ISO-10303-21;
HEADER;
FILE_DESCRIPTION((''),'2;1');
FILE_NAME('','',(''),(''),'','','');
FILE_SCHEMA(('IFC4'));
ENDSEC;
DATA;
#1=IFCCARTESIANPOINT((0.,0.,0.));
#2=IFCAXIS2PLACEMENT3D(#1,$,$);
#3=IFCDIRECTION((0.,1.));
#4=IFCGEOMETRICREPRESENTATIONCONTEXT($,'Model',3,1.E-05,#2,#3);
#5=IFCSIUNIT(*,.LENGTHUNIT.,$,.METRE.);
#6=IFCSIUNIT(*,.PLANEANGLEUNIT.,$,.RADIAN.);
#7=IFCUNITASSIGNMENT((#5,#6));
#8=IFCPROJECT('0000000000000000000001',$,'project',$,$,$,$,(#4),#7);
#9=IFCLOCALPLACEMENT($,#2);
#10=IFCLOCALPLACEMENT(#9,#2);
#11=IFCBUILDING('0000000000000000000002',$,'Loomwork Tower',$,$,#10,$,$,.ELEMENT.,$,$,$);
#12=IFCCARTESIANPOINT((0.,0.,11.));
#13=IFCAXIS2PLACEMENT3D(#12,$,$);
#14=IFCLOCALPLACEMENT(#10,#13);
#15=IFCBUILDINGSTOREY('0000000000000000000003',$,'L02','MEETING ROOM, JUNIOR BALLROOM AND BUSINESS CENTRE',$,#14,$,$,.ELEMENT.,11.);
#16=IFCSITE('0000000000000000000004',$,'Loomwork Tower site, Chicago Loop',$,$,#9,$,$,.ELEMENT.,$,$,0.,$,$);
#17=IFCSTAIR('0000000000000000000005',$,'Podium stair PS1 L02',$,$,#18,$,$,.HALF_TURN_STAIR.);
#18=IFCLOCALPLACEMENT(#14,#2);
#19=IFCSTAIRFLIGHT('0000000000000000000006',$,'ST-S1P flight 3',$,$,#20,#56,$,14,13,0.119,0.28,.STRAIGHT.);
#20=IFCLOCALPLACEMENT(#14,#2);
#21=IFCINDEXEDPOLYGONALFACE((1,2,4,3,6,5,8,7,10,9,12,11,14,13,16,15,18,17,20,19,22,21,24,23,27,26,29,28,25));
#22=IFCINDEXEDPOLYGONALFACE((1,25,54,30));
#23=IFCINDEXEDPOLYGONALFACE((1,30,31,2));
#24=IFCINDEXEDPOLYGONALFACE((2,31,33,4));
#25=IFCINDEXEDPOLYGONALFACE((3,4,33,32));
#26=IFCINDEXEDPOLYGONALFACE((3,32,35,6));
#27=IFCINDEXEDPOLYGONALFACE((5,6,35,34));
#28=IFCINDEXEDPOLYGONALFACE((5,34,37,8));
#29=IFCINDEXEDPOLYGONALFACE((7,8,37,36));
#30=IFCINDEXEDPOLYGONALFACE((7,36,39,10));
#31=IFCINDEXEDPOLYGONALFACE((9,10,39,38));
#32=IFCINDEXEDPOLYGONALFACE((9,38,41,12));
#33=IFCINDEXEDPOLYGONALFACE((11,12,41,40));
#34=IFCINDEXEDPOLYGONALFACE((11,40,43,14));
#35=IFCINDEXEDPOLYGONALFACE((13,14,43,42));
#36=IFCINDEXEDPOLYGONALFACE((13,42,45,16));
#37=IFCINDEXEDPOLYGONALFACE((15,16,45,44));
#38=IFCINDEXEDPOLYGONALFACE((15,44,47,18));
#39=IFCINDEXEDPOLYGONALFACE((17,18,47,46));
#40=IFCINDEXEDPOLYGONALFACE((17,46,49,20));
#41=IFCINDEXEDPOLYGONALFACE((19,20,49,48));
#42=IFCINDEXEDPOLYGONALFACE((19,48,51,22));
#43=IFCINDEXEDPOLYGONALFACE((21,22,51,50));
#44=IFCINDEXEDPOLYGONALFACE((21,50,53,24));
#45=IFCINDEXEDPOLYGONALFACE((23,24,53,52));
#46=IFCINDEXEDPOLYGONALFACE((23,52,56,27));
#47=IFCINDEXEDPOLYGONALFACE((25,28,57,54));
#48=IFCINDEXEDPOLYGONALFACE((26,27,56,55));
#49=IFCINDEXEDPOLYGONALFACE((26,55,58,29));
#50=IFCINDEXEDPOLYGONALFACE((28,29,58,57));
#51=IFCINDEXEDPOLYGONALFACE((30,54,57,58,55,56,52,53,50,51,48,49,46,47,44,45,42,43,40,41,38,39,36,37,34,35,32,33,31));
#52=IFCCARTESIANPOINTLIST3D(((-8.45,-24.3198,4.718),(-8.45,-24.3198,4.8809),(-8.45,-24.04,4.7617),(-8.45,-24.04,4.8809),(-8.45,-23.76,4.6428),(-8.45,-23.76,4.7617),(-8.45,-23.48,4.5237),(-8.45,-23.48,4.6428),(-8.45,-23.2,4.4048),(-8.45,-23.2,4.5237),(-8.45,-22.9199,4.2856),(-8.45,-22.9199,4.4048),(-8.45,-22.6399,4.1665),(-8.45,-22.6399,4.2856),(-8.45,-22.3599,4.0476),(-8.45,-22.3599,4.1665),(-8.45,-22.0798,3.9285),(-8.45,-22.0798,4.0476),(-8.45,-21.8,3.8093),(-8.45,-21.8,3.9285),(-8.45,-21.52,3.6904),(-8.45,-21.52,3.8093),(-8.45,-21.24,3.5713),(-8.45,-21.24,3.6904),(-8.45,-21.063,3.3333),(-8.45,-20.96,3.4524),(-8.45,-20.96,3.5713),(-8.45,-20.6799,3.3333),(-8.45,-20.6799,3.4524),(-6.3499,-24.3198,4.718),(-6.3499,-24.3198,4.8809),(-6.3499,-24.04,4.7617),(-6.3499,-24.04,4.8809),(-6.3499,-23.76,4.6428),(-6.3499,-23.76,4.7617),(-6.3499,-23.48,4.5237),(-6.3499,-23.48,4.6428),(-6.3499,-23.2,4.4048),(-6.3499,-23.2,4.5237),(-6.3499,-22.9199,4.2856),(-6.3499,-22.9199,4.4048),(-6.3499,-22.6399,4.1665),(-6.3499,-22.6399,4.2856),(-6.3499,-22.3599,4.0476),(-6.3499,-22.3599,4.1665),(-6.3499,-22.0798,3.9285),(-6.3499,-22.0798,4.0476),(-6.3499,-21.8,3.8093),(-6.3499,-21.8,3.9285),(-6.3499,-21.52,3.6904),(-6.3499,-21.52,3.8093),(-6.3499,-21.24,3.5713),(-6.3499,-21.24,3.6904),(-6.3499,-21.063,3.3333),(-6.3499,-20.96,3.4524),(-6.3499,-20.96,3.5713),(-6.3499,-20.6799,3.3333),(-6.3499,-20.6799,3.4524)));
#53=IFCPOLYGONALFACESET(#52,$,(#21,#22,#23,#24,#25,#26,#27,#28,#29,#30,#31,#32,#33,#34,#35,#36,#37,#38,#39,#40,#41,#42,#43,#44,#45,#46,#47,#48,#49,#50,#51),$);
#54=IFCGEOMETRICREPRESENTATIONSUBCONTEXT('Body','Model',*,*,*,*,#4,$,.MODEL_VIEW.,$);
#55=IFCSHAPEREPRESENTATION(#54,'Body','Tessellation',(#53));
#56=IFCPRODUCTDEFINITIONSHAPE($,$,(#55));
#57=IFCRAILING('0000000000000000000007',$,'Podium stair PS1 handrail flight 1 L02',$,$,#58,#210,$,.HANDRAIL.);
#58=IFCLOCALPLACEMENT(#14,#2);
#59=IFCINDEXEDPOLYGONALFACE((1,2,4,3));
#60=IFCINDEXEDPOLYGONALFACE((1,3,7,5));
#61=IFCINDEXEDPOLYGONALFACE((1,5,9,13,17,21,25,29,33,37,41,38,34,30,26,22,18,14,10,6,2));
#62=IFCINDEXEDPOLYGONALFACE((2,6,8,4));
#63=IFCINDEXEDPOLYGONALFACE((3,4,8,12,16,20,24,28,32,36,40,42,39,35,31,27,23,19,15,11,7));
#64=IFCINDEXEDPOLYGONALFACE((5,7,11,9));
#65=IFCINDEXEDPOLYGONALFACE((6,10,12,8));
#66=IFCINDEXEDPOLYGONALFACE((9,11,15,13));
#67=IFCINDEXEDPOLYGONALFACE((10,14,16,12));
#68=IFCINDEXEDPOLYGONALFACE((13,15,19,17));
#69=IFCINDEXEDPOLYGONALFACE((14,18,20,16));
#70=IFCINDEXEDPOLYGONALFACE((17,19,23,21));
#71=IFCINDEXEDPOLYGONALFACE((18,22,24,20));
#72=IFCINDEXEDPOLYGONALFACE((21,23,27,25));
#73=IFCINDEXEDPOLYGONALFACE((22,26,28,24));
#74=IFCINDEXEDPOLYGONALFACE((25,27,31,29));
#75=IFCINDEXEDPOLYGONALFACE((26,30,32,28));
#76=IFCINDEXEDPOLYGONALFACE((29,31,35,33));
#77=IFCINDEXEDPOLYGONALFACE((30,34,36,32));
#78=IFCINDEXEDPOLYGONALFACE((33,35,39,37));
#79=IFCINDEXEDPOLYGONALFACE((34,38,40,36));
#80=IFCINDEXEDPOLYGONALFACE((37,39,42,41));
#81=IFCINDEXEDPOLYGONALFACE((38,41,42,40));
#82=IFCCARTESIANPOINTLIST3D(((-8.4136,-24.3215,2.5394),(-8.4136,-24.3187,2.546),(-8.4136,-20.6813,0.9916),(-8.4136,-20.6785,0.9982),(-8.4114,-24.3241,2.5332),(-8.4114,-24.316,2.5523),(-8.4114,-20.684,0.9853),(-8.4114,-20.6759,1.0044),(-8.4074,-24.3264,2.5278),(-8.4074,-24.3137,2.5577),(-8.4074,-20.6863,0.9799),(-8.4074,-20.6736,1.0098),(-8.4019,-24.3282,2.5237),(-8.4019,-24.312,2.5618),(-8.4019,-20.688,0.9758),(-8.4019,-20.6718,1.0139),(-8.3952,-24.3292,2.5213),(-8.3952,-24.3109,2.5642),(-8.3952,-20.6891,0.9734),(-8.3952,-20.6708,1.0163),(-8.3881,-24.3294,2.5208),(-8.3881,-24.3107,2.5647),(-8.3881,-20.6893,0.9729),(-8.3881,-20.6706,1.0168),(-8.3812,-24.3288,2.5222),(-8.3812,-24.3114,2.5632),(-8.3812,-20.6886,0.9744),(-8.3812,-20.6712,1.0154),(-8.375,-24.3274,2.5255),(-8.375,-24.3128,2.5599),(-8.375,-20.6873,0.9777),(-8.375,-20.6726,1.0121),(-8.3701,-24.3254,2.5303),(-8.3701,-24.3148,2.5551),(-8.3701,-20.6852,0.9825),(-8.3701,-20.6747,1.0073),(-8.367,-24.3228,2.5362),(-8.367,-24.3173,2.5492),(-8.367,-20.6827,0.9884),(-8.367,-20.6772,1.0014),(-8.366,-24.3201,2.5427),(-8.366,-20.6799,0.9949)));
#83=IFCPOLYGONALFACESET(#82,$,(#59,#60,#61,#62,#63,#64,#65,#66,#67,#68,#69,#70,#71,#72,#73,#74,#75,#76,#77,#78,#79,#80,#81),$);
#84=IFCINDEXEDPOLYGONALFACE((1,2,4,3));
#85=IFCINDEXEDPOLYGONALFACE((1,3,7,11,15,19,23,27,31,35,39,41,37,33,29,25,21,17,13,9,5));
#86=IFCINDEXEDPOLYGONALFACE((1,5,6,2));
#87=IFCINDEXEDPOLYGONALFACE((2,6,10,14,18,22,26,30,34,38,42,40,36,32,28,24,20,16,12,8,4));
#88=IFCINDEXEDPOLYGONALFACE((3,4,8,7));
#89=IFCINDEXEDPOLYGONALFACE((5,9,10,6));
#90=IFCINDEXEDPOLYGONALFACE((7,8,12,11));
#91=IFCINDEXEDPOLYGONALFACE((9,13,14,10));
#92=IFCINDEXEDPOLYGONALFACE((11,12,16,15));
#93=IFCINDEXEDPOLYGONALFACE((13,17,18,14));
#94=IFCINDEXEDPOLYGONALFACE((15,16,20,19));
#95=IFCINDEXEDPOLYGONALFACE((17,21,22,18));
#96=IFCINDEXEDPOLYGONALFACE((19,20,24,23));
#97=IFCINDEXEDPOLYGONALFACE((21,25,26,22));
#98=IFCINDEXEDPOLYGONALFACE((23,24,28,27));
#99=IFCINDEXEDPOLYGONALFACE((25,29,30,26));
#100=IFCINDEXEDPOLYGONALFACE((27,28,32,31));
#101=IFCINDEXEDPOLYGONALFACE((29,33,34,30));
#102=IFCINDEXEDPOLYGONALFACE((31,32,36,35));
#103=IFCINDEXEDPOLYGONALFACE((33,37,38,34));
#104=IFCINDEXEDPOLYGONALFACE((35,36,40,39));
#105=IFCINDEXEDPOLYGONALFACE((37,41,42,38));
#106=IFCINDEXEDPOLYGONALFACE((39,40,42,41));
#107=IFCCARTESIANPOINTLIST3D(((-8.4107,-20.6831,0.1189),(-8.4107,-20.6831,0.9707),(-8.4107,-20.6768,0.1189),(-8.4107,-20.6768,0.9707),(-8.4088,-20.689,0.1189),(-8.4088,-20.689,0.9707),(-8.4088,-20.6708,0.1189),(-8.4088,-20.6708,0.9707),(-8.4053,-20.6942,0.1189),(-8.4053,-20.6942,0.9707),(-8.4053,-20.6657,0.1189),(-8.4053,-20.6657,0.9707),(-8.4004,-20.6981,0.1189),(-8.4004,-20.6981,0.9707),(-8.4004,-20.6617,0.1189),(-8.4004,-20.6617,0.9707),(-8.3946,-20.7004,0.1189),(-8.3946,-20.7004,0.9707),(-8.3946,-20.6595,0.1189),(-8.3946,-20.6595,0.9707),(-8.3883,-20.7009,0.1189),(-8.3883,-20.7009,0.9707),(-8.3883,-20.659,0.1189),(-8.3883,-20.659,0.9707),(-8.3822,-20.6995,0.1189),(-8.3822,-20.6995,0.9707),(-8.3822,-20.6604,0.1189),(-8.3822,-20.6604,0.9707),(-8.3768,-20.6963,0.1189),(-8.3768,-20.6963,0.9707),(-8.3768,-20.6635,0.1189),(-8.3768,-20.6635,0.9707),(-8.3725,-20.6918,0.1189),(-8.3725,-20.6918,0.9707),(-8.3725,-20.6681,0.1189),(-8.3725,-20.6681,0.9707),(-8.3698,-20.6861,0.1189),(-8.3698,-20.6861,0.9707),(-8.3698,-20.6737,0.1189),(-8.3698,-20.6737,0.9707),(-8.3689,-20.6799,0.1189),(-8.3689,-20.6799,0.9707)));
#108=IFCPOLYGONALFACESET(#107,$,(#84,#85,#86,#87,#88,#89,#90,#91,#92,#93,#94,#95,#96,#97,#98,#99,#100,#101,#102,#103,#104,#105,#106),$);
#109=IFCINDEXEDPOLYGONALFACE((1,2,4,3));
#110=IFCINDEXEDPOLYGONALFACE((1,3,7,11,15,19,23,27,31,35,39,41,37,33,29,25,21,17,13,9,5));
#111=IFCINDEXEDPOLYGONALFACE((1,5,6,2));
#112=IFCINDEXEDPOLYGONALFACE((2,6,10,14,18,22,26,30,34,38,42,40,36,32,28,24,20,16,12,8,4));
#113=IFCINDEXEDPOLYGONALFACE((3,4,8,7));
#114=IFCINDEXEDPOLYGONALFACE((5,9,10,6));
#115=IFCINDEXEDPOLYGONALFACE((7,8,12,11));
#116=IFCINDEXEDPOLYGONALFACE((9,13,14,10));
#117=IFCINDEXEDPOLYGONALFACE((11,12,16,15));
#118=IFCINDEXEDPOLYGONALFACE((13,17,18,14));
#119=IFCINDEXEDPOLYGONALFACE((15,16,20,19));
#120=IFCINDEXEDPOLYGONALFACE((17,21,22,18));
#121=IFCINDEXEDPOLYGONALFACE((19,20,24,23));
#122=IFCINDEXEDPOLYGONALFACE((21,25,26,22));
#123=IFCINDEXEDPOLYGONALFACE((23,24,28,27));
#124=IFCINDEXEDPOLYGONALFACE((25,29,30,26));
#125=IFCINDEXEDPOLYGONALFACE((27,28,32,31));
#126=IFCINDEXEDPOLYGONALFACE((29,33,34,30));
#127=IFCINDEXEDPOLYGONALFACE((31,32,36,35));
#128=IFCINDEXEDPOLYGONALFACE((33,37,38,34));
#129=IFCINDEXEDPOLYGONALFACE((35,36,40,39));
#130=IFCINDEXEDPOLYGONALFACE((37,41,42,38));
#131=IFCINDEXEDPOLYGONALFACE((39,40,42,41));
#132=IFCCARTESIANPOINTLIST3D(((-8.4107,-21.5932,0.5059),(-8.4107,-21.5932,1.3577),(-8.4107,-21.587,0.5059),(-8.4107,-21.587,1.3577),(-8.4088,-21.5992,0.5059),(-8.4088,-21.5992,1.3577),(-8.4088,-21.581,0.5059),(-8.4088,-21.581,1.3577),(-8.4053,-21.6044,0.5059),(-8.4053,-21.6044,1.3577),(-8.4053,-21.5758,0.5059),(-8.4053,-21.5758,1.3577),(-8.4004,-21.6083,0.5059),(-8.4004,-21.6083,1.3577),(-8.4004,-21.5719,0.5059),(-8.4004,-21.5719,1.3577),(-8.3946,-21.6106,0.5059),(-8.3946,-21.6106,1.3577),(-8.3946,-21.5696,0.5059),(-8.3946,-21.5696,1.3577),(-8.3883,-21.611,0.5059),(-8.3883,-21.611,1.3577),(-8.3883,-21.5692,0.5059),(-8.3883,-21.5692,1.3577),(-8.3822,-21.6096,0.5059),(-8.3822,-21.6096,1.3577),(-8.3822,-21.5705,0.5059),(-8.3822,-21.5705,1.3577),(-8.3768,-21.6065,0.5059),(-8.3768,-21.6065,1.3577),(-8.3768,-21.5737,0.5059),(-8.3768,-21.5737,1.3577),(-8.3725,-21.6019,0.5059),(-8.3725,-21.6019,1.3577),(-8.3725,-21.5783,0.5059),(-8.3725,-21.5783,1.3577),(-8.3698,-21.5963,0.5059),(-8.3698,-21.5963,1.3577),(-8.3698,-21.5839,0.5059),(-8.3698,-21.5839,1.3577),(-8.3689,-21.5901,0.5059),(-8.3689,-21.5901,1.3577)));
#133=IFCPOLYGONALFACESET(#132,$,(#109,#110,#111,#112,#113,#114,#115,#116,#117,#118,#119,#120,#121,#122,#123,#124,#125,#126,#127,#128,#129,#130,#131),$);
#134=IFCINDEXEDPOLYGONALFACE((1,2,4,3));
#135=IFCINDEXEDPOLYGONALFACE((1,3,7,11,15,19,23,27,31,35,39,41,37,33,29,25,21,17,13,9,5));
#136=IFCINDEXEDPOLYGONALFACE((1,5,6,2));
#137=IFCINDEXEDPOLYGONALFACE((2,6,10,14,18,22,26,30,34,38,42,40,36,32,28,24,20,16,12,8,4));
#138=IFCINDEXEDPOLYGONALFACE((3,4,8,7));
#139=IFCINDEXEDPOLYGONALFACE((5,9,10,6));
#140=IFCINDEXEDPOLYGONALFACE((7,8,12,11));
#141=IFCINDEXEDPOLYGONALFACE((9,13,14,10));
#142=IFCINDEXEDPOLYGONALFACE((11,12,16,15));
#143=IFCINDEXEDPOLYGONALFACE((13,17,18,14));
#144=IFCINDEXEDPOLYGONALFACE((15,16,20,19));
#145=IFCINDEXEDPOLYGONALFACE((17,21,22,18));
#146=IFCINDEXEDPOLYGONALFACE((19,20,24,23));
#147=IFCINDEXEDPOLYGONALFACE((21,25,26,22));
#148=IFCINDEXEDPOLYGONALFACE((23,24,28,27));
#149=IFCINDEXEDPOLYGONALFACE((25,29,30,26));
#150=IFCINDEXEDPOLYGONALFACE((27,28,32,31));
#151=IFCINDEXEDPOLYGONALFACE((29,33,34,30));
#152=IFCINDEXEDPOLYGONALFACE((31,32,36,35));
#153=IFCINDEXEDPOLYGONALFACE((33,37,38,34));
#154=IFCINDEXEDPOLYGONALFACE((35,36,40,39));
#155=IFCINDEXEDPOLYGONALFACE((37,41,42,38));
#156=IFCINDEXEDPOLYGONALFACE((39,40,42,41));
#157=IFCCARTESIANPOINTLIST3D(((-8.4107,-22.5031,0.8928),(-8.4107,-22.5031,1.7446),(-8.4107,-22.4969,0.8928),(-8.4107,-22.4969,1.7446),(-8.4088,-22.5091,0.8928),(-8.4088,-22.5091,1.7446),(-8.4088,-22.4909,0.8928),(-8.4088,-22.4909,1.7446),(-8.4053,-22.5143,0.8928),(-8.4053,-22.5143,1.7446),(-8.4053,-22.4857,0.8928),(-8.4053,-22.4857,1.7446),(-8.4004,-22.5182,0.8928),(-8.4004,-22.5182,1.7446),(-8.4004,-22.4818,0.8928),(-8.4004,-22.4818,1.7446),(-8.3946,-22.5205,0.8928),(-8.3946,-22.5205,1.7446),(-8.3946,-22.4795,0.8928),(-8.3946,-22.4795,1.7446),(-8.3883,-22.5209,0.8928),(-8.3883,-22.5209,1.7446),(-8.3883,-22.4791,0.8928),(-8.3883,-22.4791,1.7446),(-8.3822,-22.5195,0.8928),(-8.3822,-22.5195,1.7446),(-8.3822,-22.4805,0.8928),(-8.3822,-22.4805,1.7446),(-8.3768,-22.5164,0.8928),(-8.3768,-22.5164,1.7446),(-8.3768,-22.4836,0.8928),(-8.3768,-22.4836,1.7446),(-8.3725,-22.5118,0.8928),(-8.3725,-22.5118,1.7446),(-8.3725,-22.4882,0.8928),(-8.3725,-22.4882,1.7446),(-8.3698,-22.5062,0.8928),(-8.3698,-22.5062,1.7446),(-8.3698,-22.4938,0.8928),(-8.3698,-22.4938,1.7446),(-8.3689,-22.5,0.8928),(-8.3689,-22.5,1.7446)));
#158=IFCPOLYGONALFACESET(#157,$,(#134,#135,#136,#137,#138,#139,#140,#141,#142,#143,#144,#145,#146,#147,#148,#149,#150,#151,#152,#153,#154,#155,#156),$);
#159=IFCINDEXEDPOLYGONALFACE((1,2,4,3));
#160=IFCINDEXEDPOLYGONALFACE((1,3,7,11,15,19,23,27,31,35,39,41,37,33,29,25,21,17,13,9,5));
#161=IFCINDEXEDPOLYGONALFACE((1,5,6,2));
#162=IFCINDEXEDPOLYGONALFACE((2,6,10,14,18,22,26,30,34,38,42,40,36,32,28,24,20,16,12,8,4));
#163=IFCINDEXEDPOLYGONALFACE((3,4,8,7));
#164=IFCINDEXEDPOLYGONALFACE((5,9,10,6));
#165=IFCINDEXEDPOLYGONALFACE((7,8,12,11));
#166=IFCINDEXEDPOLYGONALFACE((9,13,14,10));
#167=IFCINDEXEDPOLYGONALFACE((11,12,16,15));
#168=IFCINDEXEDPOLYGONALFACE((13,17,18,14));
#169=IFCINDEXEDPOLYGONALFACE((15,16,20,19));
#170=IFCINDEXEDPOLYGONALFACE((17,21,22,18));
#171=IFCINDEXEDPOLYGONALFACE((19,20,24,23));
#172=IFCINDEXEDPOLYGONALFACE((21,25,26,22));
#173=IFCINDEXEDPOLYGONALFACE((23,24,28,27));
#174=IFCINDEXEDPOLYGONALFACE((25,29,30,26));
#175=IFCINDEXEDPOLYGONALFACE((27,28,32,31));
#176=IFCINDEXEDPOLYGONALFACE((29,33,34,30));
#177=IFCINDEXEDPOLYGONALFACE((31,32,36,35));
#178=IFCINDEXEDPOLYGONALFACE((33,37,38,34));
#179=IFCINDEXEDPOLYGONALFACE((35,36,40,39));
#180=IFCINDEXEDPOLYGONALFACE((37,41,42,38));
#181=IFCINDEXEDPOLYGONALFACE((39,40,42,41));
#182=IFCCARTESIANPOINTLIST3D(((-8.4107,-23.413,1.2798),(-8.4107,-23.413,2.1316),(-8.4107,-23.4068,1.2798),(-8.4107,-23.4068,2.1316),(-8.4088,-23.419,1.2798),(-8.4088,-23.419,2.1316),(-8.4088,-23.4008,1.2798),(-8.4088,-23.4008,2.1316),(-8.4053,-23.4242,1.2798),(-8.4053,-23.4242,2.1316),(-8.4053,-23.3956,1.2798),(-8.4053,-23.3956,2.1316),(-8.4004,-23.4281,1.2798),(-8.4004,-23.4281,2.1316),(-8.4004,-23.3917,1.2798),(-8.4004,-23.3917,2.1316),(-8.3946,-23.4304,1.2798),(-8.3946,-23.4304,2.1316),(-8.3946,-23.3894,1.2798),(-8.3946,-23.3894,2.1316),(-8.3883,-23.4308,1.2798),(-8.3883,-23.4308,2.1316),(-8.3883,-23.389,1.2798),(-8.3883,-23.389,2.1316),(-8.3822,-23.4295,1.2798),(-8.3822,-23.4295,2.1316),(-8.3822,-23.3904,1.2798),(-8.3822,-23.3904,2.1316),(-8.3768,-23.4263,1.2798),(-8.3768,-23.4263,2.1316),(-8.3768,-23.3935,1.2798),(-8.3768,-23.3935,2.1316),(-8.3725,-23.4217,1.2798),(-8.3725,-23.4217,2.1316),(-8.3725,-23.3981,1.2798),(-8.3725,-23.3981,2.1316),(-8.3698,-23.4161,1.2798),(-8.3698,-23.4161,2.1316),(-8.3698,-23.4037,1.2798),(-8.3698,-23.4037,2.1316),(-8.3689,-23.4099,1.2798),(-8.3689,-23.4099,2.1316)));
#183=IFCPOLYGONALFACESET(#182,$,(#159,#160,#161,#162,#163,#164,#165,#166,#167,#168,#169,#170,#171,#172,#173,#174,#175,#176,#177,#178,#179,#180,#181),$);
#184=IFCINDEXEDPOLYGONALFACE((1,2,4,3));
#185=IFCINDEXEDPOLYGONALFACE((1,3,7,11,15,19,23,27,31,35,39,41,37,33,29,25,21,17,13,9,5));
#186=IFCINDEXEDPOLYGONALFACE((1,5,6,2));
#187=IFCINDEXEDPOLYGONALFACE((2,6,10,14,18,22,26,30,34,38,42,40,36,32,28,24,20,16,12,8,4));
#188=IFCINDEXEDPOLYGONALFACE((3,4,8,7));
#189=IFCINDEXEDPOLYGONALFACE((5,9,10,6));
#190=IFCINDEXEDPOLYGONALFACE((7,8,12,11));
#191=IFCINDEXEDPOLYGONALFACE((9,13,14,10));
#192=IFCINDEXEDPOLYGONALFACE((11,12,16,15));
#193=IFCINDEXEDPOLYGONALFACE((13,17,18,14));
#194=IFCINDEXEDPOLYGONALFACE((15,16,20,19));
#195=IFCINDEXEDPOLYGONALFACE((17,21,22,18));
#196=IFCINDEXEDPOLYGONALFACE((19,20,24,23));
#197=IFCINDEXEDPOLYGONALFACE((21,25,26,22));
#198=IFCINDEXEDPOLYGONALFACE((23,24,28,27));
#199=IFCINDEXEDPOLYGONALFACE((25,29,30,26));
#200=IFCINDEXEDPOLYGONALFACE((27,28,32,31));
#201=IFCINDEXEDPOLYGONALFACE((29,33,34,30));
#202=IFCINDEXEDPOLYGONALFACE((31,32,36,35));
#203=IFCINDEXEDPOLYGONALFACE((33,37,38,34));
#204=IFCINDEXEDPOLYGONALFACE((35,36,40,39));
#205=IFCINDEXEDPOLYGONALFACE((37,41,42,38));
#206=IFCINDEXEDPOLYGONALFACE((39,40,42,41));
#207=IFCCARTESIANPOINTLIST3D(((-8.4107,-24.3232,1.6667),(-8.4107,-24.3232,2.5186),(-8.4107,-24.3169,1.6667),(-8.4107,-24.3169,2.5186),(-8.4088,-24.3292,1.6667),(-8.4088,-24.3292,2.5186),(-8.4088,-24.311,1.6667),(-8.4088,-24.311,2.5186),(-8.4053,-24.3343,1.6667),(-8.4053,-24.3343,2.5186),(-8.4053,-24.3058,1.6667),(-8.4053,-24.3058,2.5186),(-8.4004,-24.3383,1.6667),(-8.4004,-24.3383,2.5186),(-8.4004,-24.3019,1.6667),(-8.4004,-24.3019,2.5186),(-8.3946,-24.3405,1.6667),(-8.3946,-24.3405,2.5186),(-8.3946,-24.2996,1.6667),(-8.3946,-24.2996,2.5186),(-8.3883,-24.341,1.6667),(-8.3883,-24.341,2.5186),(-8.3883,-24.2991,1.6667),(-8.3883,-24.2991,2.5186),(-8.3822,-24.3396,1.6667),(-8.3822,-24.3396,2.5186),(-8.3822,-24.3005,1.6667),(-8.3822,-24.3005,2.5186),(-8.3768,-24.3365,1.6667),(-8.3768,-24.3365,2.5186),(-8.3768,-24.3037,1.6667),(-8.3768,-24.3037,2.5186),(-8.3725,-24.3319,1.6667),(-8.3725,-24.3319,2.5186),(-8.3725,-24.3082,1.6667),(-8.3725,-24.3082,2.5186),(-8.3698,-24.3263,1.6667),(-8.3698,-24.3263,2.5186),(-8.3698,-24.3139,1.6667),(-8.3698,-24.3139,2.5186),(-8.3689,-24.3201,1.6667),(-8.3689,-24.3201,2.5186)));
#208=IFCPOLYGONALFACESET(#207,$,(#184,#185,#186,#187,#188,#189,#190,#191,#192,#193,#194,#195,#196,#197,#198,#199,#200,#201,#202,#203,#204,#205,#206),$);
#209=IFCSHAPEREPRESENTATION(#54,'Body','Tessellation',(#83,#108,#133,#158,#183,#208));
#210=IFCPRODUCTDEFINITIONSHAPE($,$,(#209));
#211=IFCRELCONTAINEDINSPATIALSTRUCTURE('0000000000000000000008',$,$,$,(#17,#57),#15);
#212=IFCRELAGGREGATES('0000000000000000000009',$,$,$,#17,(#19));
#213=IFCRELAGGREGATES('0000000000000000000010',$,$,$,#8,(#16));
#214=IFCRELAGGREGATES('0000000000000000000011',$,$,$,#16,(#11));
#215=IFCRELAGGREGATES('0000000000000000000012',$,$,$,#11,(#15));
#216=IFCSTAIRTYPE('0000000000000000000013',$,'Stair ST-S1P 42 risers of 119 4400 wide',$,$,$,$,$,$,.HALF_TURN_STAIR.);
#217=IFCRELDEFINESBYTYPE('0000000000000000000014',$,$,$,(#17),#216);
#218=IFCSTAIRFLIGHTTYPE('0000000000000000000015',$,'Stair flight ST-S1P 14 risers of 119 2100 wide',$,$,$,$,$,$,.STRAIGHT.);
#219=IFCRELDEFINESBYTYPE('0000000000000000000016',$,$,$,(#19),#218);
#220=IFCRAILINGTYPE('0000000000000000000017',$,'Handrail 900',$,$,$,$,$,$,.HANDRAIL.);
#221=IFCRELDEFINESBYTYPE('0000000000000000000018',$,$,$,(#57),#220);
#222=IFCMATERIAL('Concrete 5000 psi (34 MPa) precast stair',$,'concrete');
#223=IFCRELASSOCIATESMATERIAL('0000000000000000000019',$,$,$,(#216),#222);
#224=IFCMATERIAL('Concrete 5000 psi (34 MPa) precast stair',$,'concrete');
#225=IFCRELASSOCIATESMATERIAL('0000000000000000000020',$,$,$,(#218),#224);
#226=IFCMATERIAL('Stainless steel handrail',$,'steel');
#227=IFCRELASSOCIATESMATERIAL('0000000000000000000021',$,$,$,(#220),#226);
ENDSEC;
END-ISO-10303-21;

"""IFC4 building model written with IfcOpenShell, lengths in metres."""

from ifc_helpers import new_model, si_unit, direction, frame, origin, origin_2d, place, context, subcontext, project, spatial, polyline, circle, outline, extrude, material, type_object, element, aggregate, save


model = new_model("IFC4")

# Units and contexts
model_context = context("Model", 3, precision=1e-05, world=origin(), true_north=direction((0.0, 1.0)))
body_context = subcontext(model_context, "Body", "Model", "MODEL_VIEW")
ifc_project = project(units=[si_unit("LENGTHUNIT", "METRE"), si_unit("PLANEANGLEUNIT", "RADIAN")], contexts=[model_context])

# Site, building, storey
site_placement = place(None, origin())
site = spatial("IfcSite", under=ifc_project, at=site_placement, Name="Loomwork Tower site, Chicago Loop", CompositionType="ELEMENT", RefElevation=0.0)
building_placement = place(site_placement, origin())
building = spatial("IfcBuilding", under=site, at=building_placement, Name="Loomwork Tower", CompositionType="ELEMENT")
storey_placement = place(building_placement, frame((0.0, 0.0, 11.0)))
storey = spatial("IfcBuildingStorey", under=building, at=storey_placement, Name="L02", Description="MEETING ROOM, JUNIOR BALLROOM AND BUSINESS CENTRE", CompositionType="ELEMENT", Elevation=11.0)

# Stair, stair flight
ifc_material_1 = material(Name="Concrete 5000 psi (34 MPa) precast stair", Category="concrete")
stair_type = type_object("IfcStairType", Name="Stair ST-S1P 42 risers of 119 4400 wide", PredefinedType="HALF_TURN_STAIR", material=ifc_material_1)
stair_placement = place(storey_placement, origin())
stair = element("IfcStair", 1, at=stair_placement, inside=storey, type_object=stair_type, Name="Podium stair PS1 L02", PredefinedType="HALF_TURN_STAIR")
ifc_material_2 = material(Name="Concrete 5000 psi (34 MPa) precast stair", Category="concrete")
stair_flight_type = type_object("IfcStairFlightType", Name="Stair flight ST-S1P 14 risers of 119 2100 wide", PredefinedType="STRAIGHT", material=ifc_material_2)
stair_flight_1_placement = place(storey_placement, frame((-7.3999, -20.6799, 3.3333), z_axis=(0.0, 0.0, 1.0), x_axis=(0.0, -1.0, 0.0)))
stair_flight_1 = element("IfcStairFlight", 2, at=stair_flight_1_placement, type_object=stair_flight_type, Name="ST-S1P flight 3", NumberOfRisers=14, NumberOfTreads=13, PredefinedType="STRAIGHT", RiserHeight=0.119, TreadLength=0.28, context=body_context, shape_type="SweptSolid", body=[
    extrude(outline(polyline([(0.0, 0.0), (0.0, 0.1191), (0.28, 0.1191), (0.28, 0.238), (0.5601, 0.238), (0.5601, 0.3572), (0.8401, 0.3572), (0.8401, 0.4761), (1.1201, 0.4761), (1.1201, 0.5952), (1.3999, 0.5952), (1.3999, 0.7144), (1.6799, 0.7144), (1.6799, 0.8333), (1.96, 0.8333), (1.96, 0.9524), (2.24, 0.9524), (2.24, 1.0715), (2.52, 1.0715), (2.52, 1.1904), (2.8, 1.1904), (2.8, 1.3096), (3.0801, 1.3096), (3.0801, 1.4285), (3.3601, 1.4285), (3.3601, 1.5476), (3.6399, 1.5476), (3.6399, 1.6667), (3.6399, 1.3848), (0.3831, 0.0), (0.0, 0.0)])), frame((0.0, 1.05, 0.0), z_axis=(0.0, -1.0, 0.0), x_axis=(1.0, 0.0, 0.0)), (0.0, 0.0, 1.0), 2.1001),
])
aggregate(stair, [stair_flight_1])

# Railing
ifc_material_3 = material(Name="Stainless steel handrail", Category="steel")
railing_type = type_object("IfcRailingType", Name="Handrail 900", PredefinedType="HANDRAIL", material=ifc_material_3)
railing_1_placement = place(storey_placement, frame((-8.3899, -20.6799, 0.1189)))
element("IfcRailing", 3, at=railing_1_placement, inside=storey, type_object=railing_type, Name="Podium stair PS1 handrail flight 1 L02", PredefinedType="HANDRAIL", context=body_context, shape_type="SweptSolid", body=[
    extrude(circle(Radius=0.0239, at=origin_2d()), frame((0.0, 0.0, 0.876), z_axis=(0.0, -0.920259, 0.391311), x_axis=(1.0, 0.0, 0.0)), (0.0, 0.0, 1.0), 3.9556),
    extrude(circle(Radius=0.021, at=origin_2d()), origin(), (0.0, 0.0, 1.0), 0.8518),
    extrude(circle(Radius=0.021, at=origin_2d()), frame((0.0, -0.9102, 0.387)), (0.0, 0.0, 1.0), 0.8518),
    extrude(circle(Radius=0.021, at=origin_2d()), frame((0.0, -1.8201, 0.7739)), (0.0, 0.0, 1.0), 0.8518),
    extrude(circle(Radius=0.021, at=origin_2d()), frame((0.0, -2.73, 1.1609)), (0.0, 0.0, 1.0), 0.8518),
    extrude(circle(Radius=0.021, at=origin_2d()), frame((0.0, -3.6401, 1.5479)), (0.0, 0.0, 1.0), 0.8518),
])

save(model, "model.ifc")
